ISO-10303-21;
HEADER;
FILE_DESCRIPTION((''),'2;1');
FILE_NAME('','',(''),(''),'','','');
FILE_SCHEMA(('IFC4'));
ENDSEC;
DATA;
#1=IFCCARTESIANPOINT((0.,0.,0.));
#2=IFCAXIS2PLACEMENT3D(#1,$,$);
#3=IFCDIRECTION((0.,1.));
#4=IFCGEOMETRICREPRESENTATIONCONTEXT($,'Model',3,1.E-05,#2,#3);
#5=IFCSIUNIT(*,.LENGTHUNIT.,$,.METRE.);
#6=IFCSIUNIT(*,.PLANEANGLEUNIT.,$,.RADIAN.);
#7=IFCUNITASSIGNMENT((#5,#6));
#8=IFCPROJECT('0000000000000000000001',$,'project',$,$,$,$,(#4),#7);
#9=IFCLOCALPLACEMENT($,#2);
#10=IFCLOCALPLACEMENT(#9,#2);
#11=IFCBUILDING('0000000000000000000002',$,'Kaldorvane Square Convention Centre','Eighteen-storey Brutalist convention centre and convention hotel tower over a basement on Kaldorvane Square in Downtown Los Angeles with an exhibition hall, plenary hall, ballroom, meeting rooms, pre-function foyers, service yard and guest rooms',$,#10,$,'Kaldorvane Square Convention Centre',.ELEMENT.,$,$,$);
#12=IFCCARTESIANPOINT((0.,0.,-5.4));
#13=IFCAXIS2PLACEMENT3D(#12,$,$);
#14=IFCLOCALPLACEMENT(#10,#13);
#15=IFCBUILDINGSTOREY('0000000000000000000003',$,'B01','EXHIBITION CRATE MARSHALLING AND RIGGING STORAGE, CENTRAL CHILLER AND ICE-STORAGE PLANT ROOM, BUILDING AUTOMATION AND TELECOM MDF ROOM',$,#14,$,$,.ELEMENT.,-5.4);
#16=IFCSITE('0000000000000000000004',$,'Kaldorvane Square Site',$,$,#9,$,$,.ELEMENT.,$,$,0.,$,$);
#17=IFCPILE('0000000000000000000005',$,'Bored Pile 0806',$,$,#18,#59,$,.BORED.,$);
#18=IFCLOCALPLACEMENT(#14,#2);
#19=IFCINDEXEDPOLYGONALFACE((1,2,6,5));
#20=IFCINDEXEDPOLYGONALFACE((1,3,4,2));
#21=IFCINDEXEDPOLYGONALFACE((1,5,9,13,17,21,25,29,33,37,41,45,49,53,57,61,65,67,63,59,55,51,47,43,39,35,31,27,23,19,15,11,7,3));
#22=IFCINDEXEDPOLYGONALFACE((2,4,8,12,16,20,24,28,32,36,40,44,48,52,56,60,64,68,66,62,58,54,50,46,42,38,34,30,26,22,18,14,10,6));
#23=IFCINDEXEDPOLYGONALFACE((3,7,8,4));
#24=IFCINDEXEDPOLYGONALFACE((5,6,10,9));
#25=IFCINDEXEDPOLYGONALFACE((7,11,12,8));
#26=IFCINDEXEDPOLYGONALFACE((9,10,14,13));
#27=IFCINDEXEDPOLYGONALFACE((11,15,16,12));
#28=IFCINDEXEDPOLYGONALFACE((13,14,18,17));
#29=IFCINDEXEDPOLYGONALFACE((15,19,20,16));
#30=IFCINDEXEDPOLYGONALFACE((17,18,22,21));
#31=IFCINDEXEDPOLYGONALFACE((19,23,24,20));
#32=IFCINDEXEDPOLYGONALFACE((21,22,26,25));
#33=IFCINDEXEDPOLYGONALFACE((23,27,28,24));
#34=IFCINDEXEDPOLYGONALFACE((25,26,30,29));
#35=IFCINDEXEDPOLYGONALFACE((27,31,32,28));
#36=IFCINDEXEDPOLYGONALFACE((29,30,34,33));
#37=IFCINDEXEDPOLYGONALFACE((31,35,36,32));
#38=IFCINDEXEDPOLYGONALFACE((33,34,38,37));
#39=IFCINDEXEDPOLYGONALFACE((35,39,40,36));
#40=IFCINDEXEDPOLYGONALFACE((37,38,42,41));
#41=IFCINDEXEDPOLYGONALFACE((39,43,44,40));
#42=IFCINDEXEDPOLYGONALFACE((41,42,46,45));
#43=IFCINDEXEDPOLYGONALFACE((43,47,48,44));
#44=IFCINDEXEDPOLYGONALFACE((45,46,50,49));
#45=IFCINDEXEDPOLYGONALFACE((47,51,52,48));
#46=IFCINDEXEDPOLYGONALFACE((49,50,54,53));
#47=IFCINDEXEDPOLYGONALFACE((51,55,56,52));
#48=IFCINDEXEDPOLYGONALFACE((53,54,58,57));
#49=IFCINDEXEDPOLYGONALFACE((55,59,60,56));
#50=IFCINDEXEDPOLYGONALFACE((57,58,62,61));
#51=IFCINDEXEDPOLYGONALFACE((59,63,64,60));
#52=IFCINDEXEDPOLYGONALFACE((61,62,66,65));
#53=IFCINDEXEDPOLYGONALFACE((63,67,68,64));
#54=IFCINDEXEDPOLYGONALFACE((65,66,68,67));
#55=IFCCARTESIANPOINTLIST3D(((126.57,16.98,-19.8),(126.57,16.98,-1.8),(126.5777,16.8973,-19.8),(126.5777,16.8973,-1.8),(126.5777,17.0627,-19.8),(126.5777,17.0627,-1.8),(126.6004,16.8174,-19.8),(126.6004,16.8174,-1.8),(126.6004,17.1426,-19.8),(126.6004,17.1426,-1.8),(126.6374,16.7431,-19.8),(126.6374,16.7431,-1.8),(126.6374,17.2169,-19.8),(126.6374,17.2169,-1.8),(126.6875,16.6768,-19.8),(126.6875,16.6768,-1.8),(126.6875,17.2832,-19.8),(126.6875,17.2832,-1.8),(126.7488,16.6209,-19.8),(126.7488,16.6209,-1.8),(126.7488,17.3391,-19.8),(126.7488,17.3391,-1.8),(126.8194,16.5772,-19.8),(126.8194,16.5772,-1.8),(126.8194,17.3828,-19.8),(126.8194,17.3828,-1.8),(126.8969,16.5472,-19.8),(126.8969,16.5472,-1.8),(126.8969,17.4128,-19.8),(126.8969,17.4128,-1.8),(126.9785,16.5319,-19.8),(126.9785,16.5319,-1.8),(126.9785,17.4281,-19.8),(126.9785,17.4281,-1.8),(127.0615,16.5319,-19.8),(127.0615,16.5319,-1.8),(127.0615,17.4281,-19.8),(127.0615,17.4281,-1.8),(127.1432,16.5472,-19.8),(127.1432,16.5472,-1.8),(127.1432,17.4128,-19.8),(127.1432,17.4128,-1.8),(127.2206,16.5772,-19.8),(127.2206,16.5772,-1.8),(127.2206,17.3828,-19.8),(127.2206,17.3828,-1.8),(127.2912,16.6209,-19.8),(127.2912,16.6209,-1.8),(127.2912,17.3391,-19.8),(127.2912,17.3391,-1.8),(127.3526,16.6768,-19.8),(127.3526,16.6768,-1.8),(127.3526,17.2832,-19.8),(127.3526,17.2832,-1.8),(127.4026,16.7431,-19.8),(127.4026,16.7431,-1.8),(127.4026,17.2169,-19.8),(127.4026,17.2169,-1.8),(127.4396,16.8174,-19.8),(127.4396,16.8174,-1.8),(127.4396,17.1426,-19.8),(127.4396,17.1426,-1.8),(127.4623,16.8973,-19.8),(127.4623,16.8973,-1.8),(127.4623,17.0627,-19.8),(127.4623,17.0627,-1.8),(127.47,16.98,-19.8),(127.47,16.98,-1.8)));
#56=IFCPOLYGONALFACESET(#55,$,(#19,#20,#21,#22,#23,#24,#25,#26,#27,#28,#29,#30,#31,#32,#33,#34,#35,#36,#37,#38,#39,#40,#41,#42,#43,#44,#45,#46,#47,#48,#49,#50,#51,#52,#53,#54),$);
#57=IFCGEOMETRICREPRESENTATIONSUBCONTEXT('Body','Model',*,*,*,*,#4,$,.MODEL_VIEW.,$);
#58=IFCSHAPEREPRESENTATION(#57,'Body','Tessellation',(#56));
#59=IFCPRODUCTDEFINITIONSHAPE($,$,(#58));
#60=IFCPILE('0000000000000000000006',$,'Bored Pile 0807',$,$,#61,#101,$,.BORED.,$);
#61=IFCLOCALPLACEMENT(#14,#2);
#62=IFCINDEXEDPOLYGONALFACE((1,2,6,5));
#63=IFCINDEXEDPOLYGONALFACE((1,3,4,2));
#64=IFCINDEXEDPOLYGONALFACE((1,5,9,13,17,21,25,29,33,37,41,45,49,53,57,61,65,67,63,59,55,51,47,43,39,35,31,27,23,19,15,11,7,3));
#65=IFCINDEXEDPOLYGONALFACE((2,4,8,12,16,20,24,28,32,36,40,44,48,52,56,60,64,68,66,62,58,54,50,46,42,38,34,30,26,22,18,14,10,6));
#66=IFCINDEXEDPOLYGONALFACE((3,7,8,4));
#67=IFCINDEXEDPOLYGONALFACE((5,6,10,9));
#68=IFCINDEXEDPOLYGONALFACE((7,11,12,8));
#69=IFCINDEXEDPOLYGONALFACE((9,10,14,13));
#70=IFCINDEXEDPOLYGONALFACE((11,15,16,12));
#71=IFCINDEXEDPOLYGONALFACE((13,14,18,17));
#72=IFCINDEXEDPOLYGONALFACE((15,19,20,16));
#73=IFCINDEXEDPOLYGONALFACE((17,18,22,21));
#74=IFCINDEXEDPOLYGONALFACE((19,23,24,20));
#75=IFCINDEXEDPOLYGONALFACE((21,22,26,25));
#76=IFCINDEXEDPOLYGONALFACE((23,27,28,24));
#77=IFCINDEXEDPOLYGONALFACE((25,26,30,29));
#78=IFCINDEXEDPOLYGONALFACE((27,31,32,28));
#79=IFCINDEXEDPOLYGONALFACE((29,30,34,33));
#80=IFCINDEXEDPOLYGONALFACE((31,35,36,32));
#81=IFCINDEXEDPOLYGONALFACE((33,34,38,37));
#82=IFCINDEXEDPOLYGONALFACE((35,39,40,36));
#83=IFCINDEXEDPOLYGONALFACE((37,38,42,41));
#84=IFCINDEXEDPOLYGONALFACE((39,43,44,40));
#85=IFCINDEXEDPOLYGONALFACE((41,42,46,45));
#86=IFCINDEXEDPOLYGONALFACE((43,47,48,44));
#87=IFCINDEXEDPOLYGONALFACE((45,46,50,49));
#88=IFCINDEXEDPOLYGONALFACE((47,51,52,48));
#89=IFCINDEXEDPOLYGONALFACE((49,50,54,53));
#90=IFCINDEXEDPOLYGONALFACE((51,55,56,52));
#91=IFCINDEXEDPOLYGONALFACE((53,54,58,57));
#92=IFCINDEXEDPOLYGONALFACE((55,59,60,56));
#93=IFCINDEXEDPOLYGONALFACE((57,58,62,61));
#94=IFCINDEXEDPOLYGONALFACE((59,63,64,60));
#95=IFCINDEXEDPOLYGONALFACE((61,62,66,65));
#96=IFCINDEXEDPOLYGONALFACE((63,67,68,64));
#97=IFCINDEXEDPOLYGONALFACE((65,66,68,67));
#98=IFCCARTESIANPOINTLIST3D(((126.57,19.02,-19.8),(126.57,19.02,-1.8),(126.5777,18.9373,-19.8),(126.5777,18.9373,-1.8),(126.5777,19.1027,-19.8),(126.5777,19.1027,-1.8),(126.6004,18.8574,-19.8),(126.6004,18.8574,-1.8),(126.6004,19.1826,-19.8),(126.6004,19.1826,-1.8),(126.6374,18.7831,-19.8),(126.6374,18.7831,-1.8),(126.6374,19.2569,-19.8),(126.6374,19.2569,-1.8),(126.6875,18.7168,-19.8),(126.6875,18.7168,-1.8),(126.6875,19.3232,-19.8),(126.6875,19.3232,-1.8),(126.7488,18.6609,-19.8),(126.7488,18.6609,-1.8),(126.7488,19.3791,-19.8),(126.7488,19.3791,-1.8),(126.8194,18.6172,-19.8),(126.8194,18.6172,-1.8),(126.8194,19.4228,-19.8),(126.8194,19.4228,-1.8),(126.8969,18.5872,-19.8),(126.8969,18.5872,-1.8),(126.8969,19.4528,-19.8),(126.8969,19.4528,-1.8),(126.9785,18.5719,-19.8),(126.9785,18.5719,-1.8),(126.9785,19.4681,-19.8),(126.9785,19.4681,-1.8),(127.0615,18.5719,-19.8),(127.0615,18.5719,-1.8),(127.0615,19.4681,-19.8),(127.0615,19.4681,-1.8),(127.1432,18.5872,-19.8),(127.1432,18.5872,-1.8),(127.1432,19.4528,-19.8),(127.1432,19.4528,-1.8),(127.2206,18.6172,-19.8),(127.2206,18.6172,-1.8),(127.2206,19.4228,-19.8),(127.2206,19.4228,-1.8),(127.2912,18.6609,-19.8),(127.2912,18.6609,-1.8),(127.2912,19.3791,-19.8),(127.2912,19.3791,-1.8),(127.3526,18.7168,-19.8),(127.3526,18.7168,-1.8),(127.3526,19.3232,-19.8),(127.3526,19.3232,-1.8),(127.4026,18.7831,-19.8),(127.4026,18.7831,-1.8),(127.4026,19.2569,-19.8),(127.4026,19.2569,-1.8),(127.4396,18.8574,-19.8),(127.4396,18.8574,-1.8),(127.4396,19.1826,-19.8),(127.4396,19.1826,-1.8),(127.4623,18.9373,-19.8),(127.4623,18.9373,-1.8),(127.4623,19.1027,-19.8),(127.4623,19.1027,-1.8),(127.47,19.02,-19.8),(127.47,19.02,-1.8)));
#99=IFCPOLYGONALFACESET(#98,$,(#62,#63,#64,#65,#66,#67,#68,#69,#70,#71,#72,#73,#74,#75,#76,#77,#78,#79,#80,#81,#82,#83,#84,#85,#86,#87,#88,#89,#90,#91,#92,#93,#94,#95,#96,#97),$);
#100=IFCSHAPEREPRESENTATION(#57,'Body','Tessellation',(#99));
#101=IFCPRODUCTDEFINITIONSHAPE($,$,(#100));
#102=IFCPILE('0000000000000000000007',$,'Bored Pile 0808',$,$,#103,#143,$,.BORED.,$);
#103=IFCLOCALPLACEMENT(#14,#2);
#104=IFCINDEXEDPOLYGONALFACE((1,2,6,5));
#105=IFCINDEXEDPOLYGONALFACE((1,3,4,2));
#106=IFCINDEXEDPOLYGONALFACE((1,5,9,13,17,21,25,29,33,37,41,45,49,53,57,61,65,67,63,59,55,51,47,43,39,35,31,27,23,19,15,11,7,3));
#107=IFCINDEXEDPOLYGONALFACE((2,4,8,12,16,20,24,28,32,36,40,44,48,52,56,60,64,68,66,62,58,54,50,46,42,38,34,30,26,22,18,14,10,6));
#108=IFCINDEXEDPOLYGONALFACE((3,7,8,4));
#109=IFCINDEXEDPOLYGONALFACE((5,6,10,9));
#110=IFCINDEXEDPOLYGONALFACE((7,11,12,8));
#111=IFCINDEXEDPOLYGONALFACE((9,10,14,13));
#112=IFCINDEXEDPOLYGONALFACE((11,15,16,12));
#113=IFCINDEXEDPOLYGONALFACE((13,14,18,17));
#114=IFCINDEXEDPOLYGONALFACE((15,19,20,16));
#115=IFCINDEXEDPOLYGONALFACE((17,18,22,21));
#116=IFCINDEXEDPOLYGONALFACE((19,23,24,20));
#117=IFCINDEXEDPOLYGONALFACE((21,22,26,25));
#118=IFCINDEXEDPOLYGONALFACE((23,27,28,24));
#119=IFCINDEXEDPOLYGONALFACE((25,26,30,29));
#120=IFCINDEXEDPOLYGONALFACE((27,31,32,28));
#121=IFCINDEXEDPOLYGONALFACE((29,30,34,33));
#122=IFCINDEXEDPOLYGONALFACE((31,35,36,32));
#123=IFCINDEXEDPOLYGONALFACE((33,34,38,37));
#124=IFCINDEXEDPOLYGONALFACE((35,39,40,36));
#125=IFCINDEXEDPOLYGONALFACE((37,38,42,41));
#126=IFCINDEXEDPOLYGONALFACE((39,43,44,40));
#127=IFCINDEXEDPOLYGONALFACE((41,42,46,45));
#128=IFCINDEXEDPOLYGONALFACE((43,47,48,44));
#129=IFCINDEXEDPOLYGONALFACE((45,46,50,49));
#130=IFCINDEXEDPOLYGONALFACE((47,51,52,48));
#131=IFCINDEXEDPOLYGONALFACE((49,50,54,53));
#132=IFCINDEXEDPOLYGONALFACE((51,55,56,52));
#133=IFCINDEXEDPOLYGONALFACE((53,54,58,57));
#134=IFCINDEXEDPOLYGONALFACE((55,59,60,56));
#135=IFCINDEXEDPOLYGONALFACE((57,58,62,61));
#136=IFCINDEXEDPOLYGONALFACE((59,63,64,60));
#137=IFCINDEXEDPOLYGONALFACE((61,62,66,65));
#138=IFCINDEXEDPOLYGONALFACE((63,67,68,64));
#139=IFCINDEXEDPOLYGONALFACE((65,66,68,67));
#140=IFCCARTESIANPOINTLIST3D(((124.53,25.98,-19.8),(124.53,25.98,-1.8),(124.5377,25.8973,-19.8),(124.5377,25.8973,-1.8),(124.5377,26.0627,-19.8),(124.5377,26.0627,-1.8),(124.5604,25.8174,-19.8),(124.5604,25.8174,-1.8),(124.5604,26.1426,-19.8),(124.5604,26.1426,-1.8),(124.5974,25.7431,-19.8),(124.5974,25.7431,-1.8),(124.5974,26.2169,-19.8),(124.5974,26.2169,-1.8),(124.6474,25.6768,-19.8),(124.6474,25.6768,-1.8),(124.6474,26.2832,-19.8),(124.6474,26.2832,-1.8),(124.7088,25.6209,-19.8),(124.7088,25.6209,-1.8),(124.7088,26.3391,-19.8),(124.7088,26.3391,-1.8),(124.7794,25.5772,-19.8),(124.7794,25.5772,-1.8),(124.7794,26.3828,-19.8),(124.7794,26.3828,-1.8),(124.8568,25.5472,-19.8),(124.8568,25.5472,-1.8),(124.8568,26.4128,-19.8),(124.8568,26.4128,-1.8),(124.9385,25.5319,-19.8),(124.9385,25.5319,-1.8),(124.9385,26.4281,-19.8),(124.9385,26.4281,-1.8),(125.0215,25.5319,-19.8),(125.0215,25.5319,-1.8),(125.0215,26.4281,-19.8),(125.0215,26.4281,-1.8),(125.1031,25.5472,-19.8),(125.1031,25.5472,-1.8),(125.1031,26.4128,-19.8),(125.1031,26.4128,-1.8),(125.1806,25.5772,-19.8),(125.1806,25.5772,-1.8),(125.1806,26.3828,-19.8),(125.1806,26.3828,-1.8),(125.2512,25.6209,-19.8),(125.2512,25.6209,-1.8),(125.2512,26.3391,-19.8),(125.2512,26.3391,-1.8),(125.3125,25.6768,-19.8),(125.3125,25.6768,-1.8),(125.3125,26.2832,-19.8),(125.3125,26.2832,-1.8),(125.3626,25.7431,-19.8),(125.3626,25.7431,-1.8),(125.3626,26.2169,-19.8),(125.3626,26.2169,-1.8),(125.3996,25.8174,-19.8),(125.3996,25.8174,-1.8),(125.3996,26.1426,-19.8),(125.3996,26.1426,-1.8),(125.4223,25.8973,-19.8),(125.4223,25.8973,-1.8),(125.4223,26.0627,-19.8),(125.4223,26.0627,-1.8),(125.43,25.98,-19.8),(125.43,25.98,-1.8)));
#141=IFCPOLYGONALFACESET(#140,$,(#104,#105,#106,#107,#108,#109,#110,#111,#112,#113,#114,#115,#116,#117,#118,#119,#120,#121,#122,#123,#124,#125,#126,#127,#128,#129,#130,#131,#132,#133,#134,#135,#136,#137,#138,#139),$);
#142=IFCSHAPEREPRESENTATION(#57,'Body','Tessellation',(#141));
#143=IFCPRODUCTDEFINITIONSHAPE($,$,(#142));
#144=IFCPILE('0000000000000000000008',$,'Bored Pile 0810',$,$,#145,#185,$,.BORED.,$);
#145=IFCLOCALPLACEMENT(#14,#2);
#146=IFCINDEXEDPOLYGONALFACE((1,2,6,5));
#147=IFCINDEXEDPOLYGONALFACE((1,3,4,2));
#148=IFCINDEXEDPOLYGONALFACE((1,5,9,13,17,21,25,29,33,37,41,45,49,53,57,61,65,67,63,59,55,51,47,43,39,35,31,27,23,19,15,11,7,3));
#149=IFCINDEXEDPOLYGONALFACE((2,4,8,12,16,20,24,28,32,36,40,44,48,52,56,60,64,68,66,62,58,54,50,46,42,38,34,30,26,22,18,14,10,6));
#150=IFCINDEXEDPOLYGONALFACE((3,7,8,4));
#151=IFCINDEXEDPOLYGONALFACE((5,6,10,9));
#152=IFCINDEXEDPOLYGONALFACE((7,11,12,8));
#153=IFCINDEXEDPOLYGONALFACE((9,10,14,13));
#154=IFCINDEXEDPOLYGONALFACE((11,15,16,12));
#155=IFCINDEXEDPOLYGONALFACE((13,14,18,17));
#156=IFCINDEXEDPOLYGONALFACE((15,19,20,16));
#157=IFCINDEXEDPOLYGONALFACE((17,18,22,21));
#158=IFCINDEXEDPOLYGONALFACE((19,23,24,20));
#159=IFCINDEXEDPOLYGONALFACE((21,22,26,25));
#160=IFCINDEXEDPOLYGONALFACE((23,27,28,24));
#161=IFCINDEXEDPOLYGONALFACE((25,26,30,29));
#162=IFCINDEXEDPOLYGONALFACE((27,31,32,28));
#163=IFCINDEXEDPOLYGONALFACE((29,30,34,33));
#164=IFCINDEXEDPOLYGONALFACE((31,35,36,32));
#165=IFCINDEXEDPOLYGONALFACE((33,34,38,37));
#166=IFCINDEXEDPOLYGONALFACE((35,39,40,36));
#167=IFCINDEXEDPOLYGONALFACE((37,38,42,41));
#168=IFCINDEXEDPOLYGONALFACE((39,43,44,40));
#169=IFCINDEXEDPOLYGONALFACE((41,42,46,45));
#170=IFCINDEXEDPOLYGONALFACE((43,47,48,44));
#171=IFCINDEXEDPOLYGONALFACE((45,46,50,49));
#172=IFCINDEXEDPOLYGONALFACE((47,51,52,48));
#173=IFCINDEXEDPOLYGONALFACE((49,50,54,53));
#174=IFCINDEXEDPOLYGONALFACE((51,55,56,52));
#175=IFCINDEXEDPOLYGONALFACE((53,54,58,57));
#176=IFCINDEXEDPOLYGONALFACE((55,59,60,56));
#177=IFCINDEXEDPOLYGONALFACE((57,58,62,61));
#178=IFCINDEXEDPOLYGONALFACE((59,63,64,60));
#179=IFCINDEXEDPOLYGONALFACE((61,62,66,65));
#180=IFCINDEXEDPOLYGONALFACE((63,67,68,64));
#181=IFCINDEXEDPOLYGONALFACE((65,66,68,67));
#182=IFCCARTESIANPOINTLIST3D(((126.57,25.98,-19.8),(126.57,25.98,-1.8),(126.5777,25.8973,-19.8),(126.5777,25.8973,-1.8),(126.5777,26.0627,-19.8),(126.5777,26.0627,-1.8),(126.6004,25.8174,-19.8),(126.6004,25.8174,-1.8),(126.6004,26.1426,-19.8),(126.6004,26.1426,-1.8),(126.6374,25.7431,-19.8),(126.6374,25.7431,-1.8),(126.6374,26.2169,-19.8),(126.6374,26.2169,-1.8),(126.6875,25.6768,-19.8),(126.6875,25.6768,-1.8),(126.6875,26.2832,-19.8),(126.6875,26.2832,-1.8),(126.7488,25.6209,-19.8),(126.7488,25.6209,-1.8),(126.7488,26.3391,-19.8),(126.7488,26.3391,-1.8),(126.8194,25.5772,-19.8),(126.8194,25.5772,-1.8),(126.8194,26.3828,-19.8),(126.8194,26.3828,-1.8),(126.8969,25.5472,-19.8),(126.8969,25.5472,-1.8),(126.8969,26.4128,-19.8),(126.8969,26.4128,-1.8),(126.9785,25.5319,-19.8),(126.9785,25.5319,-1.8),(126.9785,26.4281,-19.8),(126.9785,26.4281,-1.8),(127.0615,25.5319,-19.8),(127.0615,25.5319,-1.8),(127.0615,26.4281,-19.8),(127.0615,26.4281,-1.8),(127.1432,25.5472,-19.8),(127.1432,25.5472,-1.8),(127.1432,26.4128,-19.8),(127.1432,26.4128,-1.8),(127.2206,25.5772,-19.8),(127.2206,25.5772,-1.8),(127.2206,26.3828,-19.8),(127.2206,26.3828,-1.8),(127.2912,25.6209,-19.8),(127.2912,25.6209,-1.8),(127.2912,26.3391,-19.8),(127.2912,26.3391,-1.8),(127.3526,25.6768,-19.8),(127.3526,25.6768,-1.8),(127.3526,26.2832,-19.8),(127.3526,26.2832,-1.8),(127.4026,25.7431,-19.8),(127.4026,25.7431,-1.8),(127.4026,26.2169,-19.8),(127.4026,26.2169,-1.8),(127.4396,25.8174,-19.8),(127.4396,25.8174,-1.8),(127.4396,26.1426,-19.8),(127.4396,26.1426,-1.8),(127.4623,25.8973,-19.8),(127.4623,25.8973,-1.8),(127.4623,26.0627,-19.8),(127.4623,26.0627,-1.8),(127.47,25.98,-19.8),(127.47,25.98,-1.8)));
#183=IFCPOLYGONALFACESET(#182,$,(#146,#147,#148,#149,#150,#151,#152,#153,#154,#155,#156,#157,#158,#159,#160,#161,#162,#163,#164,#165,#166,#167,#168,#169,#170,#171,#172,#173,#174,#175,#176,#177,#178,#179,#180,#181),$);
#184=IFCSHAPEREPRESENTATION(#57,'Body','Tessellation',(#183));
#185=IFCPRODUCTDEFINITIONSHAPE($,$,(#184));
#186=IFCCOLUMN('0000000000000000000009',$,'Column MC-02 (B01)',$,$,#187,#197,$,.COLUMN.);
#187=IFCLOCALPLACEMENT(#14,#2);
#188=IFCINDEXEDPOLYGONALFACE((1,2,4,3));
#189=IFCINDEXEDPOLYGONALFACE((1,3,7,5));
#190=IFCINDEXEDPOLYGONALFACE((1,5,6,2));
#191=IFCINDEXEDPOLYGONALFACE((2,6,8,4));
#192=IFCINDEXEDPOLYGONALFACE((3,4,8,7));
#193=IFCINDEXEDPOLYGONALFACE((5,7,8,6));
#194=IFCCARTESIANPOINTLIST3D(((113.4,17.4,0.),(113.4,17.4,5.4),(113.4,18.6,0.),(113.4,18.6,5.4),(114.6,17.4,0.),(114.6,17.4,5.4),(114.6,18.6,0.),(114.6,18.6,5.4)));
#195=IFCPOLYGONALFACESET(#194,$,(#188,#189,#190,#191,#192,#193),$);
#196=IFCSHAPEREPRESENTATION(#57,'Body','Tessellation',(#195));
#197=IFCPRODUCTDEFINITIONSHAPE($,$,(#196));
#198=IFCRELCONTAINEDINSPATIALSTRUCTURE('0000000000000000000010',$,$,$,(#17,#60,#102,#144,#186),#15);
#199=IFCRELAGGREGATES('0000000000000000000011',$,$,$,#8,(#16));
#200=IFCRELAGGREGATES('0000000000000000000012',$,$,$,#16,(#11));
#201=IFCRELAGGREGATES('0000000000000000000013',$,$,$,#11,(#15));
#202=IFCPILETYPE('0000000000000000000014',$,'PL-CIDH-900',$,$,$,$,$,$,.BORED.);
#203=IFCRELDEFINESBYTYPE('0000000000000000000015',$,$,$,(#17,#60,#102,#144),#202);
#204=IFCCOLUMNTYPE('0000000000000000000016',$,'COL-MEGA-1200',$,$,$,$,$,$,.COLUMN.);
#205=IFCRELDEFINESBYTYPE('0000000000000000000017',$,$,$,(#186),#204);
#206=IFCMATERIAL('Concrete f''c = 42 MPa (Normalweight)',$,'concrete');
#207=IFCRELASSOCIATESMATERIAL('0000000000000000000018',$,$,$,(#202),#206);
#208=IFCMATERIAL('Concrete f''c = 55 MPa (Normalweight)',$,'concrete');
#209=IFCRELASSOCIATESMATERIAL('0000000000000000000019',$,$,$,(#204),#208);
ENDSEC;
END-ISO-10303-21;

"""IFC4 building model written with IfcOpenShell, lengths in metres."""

from ifc_helpers import new_model, si_unit, direction, frame, origin, origin_2d, place, context, subcontext, project, spatial, rectangle, circle, extrude, material, material_profile, profile_set, type_object, element, save


model = new_model("IFC4")

# Units and contexts
model_context = context("Model", 3, precision=1e-05, world=origin(), true_north=direction((0.0, 1.0)))
body_context = subcontext(model_context, "Body", "Model", "MODEL_VIEW")
ifc_project = project(units=[si_unit("LENGTHUNIT", "METRE"), si_unit("PLANEANGLEUNIT", "RADIAN")], contexts=[model_context])

# Site, building, storey
site_placement = place(None, origin())
site = spatial("IfcSite", under=ifc_project, at=site_placement, Name="Kaldorvane Square Site", CompositionType="ELEMENT", RefElevation=0.0)
building_placement = place(site_placement, origin())
building = spatial("IfcBuilding", under=site, at=building_placement, Name="Kaldorvane Square Convention Centre", Description="Eighteen-storey Brutalist convention centre and convention hotel tower over a basement on Kaldorvane Square in Downtown Los Angeles with an exhibition hall, plenary hall, ballroom, meeting rooms, pre-function foyers, service yard and guest rooms", LongName="Kaldorvane Square Convention Centre", CompositionType="ELEMENT")
storey_placement = place(building_placement, frame((0.0, 0.0, -5.4)))
storey = spatial("IfcBuildingStorey", under=building, at=storey_placement, Name="B01", Description="EXHIBITION CRATE MARSHALLING AND RIGGING STORAGE, CENTRAL CHILLER AND ICE-STORAGE PLANT ROOM, BUILDING AUTOMATION AND TELECOM MDF ROOM", CompositionType="ELEMENT", Elevation=-5.4)

# Shared definitions
ifc_material_1 = material(Name="Concrete f'c = 42 MPa (Normalweight)", Category="concrete")

# Piles
ifc_material_profile_1 = material_profile(ifc_material_1, circle(Radius=0.45, at=origin_2d()), Name="PILE-D900")
ifc_profile_set_1 = profile_set([ifc_material_profile_1], Name="Concrete f'c = 42 MPa (Normalweight)")
pile_type_1 = type_object("IfcPileType", Name="PL-CIDH-900", PredefinedType="BORED", material=ifc_profile_set_1)
for number, where, z_axis, x_axis, name in (
    (1, (127.02, 16.98, -1.8), (0.0, 0.0, -1.0), (1.0, 0.0, 0.0), "Bored Pile 0806"),
    (2, (127.02, 19.02, -1.8), (0.0, 0.0, -1.0), (1.0, 0.0, 0.0), "Bored Pile 0807"),
    (3, (124.98, 25.98, -1.8), (0.0, 0.0, -1.0), (1.0, 0.0, 0.0), "Bored Pile 0808"),
    (4, (127.02, 25.98, -1.8), (0.0, 0.0, -1.0), (1.0, 0.0, 0.0), "Bored Pile 0810"),
):
    element("IfcPile", number, at=place(storey_placement, frame(where, z_axis=z_axis, x_axis=x_axis)), inside=storey, type_object=pile_type_1, Name=name, PredefinedType="BORED", context=body_context, shape_type="SweptSolid", body=[
        extrude(circle(Radius=0.45, at=origin_2d()), origin(), (0.0, 0.0, 1.0), 18.0),
    ])

# Column
ifc_material_2 = material(Name="Concrete f'c = 55 MPa (Normalweight)", Category="concrete")
ifc_material_profile_2 = material_profile(ifc_material_2, rectangle(XDim=1.2, YDim=1.2, at=origin_2d()), Name="RC1200X1200")
ifc_profile_set_2 = profile_set([ifc_material_profile_2], Name="Concrete f'c = 55 MPa (Normalweight)")
column_type_1 = type_object("IfcColumnType", Name="COL-MEGA-1200", PredefinedType="COLUMN", material=ifc_profile_set_2)
column_1_placement = place(storey_placement, frame((114.0, 18.0, 0.0), z_axis=(0.0, 0.0, 1.0), x_axis=(1.0, 0.0, 0.0)))
element("IfcColumn", 5, at=column_1_placement, inside=storey, type_object=column_type_1, Name="Column MC-02 (B01)", PredefinedType="COLUMN", context=body_context, shape_type="SweptSolid", body=[
    extrude(rectangle(XDim=1.2, YDim=1.2, at=origin_2d()), origin(), (0.0, 0.0, 1.0), 5.4),
])

save(model, "model.ifc")
